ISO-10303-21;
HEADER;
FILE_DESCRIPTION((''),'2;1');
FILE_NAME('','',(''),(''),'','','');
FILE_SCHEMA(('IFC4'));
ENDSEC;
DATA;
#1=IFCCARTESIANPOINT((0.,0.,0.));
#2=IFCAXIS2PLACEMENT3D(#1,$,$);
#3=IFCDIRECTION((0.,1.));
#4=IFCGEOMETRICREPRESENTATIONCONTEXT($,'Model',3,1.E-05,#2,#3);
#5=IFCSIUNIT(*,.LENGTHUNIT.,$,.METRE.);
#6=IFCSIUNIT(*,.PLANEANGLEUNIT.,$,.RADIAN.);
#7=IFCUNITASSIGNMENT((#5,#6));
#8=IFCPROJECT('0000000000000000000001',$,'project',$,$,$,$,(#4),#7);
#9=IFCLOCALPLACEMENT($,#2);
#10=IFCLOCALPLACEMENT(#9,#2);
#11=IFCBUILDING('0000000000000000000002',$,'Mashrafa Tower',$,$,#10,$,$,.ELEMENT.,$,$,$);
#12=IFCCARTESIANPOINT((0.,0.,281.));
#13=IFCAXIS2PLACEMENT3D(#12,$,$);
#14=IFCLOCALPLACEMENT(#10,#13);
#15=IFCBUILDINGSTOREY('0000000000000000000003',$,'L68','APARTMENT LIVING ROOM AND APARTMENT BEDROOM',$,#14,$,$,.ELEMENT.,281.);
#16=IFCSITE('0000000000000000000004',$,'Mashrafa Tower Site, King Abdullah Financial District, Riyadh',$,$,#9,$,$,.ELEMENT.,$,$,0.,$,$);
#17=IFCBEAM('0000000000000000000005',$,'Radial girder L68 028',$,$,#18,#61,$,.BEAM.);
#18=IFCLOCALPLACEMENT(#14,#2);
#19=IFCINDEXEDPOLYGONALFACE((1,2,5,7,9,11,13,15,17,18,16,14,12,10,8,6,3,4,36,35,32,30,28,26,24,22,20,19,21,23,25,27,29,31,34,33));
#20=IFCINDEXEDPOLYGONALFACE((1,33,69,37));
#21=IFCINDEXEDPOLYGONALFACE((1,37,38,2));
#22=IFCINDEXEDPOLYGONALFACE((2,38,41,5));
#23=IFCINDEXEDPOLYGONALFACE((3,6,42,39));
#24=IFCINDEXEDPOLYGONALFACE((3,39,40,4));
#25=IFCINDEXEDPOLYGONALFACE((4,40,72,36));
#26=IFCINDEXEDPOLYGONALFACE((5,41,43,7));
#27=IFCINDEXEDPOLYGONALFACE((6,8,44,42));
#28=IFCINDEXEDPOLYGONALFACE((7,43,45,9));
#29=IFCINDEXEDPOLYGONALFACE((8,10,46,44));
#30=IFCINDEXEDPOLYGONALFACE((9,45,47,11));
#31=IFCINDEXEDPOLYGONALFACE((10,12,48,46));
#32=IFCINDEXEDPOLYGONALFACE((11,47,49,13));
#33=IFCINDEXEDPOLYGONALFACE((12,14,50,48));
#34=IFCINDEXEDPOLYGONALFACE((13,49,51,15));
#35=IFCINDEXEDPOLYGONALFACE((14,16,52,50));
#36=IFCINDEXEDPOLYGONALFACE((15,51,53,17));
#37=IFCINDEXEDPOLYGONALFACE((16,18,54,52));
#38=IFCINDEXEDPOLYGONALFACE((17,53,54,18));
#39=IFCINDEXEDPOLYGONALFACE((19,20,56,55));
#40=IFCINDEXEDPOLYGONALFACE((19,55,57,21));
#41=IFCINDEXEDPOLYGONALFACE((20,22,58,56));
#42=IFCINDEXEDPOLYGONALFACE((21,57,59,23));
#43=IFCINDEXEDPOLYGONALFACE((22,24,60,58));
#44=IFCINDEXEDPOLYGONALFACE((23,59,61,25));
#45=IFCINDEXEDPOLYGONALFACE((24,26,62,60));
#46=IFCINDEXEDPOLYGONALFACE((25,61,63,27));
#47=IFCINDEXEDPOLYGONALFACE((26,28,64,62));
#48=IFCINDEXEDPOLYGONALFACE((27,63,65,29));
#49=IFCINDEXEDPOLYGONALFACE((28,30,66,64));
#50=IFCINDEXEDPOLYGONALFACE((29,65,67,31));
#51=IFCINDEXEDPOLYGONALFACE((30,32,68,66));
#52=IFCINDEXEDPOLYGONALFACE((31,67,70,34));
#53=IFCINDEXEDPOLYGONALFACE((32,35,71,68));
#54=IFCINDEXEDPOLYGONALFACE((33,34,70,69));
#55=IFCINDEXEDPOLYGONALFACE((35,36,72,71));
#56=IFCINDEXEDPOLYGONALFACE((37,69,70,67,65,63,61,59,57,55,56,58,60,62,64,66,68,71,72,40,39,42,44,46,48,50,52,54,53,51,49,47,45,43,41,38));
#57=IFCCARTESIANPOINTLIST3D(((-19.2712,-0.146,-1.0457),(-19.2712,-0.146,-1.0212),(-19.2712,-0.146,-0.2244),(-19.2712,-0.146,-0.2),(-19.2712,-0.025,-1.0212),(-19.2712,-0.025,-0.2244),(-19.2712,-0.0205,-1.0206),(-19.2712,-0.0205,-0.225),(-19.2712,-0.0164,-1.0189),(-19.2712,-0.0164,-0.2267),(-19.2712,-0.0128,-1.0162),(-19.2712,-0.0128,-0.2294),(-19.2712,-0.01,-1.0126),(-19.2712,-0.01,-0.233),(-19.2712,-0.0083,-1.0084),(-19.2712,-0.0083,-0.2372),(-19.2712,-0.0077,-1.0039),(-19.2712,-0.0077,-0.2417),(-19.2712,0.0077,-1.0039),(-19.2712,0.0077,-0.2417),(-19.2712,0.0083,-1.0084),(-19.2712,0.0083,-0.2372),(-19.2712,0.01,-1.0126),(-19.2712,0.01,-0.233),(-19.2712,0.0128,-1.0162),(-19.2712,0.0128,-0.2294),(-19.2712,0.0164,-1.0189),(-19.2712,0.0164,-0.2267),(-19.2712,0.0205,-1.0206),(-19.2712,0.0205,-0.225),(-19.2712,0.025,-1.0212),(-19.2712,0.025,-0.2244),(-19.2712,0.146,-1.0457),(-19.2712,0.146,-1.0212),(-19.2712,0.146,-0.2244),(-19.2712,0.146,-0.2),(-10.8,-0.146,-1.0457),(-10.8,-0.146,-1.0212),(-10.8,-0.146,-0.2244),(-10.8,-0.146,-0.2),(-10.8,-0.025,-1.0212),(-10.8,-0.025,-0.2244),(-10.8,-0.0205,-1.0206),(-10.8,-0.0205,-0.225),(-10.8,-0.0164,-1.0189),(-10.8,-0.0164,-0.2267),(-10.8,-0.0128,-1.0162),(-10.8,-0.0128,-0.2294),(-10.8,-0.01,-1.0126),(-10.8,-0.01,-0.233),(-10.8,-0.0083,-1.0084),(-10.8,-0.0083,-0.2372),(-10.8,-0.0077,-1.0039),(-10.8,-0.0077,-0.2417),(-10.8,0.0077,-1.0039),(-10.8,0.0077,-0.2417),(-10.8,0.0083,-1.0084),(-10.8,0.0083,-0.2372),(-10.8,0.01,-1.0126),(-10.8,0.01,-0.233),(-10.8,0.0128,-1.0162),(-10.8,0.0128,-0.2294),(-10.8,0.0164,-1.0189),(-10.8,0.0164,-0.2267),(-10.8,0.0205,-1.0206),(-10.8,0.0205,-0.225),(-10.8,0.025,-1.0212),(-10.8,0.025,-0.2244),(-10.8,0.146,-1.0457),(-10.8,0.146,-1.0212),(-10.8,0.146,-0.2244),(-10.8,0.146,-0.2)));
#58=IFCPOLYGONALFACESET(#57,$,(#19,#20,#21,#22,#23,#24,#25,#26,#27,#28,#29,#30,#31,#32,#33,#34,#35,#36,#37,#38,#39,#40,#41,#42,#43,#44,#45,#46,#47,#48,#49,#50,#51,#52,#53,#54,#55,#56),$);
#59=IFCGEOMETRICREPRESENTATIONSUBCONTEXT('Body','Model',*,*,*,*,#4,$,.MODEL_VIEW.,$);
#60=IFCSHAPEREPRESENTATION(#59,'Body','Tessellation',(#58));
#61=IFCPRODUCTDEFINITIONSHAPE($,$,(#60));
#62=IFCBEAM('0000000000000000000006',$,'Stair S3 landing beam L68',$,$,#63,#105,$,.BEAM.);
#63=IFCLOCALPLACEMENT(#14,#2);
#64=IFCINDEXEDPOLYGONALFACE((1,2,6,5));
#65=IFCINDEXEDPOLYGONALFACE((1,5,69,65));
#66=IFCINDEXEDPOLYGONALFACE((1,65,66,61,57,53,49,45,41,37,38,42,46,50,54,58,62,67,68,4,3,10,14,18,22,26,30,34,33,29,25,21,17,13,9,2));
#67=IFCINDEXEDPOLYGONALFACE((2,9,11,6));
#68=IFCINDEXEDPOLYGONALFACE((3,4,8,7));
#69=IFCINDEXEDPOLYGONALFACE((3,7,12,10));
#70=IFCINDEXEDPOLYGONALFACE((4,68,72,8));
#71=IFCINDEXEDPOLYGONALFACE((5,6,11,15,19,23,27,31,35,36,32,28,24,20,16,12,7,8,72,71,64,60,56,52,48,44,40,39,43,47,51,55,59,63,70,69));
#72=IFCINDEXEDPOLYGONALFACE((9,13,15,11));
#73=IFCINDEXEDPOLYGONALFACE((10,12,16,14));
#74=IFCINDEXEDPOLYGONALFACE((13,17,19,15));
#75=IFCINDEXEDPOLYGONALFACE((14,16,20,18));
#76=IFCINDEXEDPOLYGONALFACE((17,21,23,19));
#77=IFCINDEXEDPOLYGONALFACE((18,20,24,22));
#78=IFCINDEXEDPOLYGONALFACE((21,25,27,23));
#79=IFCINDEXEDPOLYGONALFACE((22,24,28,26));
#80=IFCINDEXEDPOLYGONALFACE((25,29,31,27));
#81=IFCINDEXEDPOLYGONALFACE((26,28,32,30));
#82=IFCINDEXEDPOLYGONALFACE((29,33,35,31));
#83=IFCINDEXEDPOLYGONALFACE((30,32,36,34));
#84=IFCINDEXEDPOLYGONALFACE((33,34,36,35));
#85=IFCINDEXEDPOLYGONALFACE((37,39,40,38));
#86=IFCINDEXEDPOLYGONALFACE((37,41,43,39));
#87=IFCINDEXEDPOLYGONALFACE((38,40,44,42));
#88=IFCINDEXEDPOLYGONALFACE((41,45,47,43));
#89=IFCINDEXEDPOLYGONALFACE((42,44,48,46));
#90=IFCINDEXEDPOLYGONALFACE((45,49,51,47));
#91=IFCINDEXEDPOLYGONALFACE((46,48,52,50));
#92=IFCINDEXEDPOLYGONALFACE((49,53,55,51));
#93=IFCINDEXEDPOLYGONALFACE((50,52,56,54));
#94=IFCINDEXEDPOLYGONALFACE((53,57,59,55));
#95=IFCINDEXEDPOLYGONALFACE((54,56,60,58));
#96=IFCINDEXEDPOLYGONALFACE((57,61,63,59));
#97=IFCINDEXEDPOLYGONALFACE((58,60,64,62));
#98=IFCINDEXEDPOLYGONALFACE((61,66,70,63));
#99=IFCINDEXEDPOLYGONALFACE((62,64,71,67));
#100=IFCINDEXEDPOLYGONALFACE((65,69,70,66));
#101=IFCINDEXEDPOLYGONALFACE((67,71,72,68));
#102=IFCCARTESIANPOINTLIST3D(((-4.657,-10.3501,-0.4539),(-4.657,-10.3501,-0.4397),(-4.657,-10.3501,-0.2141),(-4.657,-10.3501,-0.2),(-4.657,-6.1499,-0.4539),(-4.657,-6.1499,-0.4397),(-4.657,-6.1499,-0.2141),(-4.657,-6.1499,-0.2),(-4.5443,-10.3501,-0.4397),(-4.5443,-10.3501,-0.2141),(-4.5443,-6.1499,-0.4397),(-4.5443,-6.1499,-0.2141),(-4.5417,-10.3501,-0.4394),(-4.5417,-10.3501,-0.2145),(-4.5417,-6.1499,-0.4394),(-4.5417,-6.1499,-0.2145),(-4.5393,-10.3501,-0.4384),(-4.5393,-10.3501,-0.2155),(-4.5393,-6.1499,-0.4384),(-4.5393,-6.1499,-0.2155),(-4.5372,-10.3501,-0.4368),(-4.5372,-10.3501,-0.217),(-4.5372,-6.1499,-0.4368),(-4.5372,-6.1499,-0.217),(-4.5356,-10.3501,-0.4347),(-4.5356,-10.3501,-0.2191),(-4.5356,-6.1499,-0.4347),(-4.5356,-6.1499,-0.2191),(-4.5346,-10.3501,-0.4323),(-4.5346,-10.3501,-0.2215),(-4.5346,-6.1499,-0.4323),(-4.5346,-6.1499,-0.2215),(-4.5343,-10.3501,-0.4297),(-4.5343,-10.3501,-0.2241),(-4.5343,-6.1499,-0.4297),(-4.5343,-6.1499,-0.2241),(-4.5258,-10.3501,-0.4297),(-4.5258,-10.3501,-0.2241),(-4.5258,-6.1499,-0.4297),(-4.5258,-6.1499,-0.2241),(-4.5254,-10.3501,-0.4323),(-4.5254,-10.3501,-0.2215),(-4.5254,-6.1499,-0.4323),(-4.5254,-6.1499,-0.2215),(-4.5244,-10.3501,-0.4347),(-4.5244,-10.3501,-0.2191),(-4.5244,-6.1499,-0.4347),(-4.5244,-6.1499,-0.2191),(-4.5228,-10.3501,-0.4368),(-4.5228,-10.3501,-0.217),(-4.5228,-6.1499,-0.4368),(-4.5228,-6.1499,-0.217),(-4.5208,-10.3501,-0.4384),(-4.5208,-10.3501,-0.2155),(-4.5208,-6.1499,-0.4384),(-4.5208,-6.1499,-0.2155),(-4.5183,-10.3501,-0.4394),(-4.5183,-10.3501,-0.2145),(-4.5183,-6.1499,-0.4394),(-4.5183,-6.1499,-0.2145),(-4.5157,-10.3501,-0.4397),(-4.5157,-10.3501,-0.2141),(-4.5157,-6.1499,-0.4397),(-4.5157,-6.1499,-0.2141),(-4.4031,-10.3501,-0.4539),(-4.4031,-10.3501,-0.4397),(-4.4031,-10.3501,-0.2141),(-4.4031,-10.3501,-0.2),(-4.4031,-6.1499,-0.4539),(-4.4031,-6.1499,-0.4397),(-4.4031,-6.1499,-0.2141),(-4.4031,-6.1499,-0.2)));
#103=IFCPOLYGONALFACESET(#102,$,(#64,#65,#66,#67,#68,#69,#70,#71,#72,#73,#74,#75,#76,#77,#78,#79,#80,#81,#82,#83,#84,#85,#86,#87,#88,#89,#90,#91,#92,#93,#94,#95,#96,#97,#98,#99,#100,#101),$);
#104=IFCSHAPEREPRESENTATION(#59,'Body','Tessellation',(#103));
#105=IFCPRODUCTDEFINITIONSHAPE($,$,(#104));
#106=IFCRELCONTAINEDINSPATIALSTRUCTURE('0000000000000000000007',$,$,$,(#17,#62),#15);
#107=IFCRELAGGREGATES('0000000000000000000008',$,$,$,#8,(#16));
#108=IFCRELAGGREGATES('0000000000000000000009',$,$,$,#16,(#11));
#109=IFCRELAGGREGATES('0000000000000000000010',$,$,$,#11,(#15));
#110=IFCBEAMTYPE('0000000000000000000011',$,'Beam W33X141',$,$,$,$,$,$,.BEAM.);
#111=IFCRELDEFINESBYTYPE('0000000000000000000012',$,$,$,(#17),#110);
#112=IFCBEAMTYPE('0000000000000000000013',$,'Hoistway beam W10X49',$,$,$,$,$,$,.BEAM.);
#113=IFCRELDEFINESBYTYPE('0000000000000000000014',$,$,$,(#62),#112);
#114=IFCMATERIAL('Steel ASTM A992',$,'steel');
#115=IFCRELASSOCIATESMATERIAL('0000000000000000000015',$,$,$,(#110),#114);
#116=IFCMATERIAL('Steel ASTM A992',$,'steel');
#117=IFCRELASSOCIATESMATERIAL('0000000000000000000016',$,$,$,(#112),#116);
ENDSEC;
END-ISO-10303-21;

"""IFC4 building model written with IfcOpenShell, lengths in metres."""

from ifc_helpers import new_model, si_unit, direction, frame, origin, origin_2d, place, context, subcontext, project, spatial, i_section, extrude, material, material_profile, profile_set, type_object, element, save


model = new_model("IFC4")

# Units and contexts
model_context = context("Model", 3, precision=1e-05, world=origin(), true_north=direction((0.0, 1.0)))
body_context = subcontext(model_context, "Body", "Model", "MODEL_VIEW")
ifc_project = project(units=[si_unit("LENGTHUNIT", "METRE"), si_unit("PLANEANGLEUNIT", "RADIAN")], contexts=[model_context])

# Site, building, storey
site_placement = place(None, origin())
site = spatial("IfcSite", under=ifc_project, at=site_placement, Name="Mashrafa Tower Site, King Abdullah Financial District, Riyadh", CompositionType="ELEMENT", RefElevation=0.0)
building_placement = place(site_placement, origin())
building = spatial("IfcBuilding", under=site, at=building_placement, Name="Mashrafa Tower", CompositionType="ELEMENT")
storey_placement = place(building_placement, frame((0.0, 0.0, 281.0)))
storey = spatial("IfcBuildingStorey", under=building, at=storey_placement, Name="L68", Description="APARTMENT LIVING ROOM AND APARTMENT BEDROOM", CompositionType="ELEMENT", Elevation=281.0)

# Beams
ifc_material_1 = material(Name="Steel ASTM A992", Category="steel")
ifc_material_profile_1 = material_profile(ifc_material_1, i_section(OverallWidth=0.292, OverallDepth=0.8457, WebThickness=0.0154, FlangeThickness=0.0244, FilletRadius=0.0173, at=origin_2d()), Name="W33X141")
ifc_profile_set_1 = profile_set([ifc_material_profile_1], Name="Steel ASTM A992")
beam_type_1 = type_object("IfcBeamType", Name="Beam W33X141", PredefinedType="BEAM", material=ifc_profile_set_1)
beam_1_placement = place(storey_placement, frame((-10.8, 0.0, -0.6228), z_axis=(-1.0, 0.0, 0.0), x_axis=(0.0, -1.0, 0.0)))
element("IfcBeam", 1, at=beam_1_placement, inside=storey, type_object=beam_type_1, Name="Radial girder L68 028", PredefinedType="BEAM", context=body_context, shape_type="SweptSolid", body=[
    extrude(i_section(OverallWidth=0.292, OverallDepth=0.8457, WebThickness=0.0154, FlangeThickness=0.0244, FilletRadius=0.0173, at=origin_2d()), origin(), (0.0, 0.0, 1.0), 8.4712),
])
ifc_material_2 = material(Name="Steel ASTM A992", Category="steel")
ifc_material_profile_2 = material_profile(ifc_material_2, i_section(OverallWidth=0.2539, OverallDepth=0.2539, WebThickness=0.0085, FlangeThickness=0.0142, FilletRadius=0.01, at=origin_2d()), Name="W10X49")
ifc_profile_set_2 = profile_set([ifc_material_profile_2], Name="Steel ASTM A992")
beam_type_2 = type_object("IfcBeamType", Name="Hoistway beam W10X49", PredefinedType="BEAM", material=ifc_profile_set_2)
beam_2_placement = place(storey_placement, frame((-4.53, -10.3501, -0.3269), z_axis=(0.0, 1.0, 0.0), x_axis=(-1.0, 0.0, 0.0)))
element("IfcBeam", 2, at=beam_2_placement, inside=storey, type_object=beam_type_2, Name="Stair S3 landing beam L68", PredefinedType="BEAM", context=body_context, shape_type="SweptSolid", body=[
    extrude(i_section(OverallWidth=0.2539, OverallDepth=0.2539, WebThickness=0.0085, FlangeThickness=0.0142, FilletRadius=0.01, at=origin_2d()), origin(), (0.0, 0.0, 1.0), 4.2002),
])

save(model, "model.ifc")
